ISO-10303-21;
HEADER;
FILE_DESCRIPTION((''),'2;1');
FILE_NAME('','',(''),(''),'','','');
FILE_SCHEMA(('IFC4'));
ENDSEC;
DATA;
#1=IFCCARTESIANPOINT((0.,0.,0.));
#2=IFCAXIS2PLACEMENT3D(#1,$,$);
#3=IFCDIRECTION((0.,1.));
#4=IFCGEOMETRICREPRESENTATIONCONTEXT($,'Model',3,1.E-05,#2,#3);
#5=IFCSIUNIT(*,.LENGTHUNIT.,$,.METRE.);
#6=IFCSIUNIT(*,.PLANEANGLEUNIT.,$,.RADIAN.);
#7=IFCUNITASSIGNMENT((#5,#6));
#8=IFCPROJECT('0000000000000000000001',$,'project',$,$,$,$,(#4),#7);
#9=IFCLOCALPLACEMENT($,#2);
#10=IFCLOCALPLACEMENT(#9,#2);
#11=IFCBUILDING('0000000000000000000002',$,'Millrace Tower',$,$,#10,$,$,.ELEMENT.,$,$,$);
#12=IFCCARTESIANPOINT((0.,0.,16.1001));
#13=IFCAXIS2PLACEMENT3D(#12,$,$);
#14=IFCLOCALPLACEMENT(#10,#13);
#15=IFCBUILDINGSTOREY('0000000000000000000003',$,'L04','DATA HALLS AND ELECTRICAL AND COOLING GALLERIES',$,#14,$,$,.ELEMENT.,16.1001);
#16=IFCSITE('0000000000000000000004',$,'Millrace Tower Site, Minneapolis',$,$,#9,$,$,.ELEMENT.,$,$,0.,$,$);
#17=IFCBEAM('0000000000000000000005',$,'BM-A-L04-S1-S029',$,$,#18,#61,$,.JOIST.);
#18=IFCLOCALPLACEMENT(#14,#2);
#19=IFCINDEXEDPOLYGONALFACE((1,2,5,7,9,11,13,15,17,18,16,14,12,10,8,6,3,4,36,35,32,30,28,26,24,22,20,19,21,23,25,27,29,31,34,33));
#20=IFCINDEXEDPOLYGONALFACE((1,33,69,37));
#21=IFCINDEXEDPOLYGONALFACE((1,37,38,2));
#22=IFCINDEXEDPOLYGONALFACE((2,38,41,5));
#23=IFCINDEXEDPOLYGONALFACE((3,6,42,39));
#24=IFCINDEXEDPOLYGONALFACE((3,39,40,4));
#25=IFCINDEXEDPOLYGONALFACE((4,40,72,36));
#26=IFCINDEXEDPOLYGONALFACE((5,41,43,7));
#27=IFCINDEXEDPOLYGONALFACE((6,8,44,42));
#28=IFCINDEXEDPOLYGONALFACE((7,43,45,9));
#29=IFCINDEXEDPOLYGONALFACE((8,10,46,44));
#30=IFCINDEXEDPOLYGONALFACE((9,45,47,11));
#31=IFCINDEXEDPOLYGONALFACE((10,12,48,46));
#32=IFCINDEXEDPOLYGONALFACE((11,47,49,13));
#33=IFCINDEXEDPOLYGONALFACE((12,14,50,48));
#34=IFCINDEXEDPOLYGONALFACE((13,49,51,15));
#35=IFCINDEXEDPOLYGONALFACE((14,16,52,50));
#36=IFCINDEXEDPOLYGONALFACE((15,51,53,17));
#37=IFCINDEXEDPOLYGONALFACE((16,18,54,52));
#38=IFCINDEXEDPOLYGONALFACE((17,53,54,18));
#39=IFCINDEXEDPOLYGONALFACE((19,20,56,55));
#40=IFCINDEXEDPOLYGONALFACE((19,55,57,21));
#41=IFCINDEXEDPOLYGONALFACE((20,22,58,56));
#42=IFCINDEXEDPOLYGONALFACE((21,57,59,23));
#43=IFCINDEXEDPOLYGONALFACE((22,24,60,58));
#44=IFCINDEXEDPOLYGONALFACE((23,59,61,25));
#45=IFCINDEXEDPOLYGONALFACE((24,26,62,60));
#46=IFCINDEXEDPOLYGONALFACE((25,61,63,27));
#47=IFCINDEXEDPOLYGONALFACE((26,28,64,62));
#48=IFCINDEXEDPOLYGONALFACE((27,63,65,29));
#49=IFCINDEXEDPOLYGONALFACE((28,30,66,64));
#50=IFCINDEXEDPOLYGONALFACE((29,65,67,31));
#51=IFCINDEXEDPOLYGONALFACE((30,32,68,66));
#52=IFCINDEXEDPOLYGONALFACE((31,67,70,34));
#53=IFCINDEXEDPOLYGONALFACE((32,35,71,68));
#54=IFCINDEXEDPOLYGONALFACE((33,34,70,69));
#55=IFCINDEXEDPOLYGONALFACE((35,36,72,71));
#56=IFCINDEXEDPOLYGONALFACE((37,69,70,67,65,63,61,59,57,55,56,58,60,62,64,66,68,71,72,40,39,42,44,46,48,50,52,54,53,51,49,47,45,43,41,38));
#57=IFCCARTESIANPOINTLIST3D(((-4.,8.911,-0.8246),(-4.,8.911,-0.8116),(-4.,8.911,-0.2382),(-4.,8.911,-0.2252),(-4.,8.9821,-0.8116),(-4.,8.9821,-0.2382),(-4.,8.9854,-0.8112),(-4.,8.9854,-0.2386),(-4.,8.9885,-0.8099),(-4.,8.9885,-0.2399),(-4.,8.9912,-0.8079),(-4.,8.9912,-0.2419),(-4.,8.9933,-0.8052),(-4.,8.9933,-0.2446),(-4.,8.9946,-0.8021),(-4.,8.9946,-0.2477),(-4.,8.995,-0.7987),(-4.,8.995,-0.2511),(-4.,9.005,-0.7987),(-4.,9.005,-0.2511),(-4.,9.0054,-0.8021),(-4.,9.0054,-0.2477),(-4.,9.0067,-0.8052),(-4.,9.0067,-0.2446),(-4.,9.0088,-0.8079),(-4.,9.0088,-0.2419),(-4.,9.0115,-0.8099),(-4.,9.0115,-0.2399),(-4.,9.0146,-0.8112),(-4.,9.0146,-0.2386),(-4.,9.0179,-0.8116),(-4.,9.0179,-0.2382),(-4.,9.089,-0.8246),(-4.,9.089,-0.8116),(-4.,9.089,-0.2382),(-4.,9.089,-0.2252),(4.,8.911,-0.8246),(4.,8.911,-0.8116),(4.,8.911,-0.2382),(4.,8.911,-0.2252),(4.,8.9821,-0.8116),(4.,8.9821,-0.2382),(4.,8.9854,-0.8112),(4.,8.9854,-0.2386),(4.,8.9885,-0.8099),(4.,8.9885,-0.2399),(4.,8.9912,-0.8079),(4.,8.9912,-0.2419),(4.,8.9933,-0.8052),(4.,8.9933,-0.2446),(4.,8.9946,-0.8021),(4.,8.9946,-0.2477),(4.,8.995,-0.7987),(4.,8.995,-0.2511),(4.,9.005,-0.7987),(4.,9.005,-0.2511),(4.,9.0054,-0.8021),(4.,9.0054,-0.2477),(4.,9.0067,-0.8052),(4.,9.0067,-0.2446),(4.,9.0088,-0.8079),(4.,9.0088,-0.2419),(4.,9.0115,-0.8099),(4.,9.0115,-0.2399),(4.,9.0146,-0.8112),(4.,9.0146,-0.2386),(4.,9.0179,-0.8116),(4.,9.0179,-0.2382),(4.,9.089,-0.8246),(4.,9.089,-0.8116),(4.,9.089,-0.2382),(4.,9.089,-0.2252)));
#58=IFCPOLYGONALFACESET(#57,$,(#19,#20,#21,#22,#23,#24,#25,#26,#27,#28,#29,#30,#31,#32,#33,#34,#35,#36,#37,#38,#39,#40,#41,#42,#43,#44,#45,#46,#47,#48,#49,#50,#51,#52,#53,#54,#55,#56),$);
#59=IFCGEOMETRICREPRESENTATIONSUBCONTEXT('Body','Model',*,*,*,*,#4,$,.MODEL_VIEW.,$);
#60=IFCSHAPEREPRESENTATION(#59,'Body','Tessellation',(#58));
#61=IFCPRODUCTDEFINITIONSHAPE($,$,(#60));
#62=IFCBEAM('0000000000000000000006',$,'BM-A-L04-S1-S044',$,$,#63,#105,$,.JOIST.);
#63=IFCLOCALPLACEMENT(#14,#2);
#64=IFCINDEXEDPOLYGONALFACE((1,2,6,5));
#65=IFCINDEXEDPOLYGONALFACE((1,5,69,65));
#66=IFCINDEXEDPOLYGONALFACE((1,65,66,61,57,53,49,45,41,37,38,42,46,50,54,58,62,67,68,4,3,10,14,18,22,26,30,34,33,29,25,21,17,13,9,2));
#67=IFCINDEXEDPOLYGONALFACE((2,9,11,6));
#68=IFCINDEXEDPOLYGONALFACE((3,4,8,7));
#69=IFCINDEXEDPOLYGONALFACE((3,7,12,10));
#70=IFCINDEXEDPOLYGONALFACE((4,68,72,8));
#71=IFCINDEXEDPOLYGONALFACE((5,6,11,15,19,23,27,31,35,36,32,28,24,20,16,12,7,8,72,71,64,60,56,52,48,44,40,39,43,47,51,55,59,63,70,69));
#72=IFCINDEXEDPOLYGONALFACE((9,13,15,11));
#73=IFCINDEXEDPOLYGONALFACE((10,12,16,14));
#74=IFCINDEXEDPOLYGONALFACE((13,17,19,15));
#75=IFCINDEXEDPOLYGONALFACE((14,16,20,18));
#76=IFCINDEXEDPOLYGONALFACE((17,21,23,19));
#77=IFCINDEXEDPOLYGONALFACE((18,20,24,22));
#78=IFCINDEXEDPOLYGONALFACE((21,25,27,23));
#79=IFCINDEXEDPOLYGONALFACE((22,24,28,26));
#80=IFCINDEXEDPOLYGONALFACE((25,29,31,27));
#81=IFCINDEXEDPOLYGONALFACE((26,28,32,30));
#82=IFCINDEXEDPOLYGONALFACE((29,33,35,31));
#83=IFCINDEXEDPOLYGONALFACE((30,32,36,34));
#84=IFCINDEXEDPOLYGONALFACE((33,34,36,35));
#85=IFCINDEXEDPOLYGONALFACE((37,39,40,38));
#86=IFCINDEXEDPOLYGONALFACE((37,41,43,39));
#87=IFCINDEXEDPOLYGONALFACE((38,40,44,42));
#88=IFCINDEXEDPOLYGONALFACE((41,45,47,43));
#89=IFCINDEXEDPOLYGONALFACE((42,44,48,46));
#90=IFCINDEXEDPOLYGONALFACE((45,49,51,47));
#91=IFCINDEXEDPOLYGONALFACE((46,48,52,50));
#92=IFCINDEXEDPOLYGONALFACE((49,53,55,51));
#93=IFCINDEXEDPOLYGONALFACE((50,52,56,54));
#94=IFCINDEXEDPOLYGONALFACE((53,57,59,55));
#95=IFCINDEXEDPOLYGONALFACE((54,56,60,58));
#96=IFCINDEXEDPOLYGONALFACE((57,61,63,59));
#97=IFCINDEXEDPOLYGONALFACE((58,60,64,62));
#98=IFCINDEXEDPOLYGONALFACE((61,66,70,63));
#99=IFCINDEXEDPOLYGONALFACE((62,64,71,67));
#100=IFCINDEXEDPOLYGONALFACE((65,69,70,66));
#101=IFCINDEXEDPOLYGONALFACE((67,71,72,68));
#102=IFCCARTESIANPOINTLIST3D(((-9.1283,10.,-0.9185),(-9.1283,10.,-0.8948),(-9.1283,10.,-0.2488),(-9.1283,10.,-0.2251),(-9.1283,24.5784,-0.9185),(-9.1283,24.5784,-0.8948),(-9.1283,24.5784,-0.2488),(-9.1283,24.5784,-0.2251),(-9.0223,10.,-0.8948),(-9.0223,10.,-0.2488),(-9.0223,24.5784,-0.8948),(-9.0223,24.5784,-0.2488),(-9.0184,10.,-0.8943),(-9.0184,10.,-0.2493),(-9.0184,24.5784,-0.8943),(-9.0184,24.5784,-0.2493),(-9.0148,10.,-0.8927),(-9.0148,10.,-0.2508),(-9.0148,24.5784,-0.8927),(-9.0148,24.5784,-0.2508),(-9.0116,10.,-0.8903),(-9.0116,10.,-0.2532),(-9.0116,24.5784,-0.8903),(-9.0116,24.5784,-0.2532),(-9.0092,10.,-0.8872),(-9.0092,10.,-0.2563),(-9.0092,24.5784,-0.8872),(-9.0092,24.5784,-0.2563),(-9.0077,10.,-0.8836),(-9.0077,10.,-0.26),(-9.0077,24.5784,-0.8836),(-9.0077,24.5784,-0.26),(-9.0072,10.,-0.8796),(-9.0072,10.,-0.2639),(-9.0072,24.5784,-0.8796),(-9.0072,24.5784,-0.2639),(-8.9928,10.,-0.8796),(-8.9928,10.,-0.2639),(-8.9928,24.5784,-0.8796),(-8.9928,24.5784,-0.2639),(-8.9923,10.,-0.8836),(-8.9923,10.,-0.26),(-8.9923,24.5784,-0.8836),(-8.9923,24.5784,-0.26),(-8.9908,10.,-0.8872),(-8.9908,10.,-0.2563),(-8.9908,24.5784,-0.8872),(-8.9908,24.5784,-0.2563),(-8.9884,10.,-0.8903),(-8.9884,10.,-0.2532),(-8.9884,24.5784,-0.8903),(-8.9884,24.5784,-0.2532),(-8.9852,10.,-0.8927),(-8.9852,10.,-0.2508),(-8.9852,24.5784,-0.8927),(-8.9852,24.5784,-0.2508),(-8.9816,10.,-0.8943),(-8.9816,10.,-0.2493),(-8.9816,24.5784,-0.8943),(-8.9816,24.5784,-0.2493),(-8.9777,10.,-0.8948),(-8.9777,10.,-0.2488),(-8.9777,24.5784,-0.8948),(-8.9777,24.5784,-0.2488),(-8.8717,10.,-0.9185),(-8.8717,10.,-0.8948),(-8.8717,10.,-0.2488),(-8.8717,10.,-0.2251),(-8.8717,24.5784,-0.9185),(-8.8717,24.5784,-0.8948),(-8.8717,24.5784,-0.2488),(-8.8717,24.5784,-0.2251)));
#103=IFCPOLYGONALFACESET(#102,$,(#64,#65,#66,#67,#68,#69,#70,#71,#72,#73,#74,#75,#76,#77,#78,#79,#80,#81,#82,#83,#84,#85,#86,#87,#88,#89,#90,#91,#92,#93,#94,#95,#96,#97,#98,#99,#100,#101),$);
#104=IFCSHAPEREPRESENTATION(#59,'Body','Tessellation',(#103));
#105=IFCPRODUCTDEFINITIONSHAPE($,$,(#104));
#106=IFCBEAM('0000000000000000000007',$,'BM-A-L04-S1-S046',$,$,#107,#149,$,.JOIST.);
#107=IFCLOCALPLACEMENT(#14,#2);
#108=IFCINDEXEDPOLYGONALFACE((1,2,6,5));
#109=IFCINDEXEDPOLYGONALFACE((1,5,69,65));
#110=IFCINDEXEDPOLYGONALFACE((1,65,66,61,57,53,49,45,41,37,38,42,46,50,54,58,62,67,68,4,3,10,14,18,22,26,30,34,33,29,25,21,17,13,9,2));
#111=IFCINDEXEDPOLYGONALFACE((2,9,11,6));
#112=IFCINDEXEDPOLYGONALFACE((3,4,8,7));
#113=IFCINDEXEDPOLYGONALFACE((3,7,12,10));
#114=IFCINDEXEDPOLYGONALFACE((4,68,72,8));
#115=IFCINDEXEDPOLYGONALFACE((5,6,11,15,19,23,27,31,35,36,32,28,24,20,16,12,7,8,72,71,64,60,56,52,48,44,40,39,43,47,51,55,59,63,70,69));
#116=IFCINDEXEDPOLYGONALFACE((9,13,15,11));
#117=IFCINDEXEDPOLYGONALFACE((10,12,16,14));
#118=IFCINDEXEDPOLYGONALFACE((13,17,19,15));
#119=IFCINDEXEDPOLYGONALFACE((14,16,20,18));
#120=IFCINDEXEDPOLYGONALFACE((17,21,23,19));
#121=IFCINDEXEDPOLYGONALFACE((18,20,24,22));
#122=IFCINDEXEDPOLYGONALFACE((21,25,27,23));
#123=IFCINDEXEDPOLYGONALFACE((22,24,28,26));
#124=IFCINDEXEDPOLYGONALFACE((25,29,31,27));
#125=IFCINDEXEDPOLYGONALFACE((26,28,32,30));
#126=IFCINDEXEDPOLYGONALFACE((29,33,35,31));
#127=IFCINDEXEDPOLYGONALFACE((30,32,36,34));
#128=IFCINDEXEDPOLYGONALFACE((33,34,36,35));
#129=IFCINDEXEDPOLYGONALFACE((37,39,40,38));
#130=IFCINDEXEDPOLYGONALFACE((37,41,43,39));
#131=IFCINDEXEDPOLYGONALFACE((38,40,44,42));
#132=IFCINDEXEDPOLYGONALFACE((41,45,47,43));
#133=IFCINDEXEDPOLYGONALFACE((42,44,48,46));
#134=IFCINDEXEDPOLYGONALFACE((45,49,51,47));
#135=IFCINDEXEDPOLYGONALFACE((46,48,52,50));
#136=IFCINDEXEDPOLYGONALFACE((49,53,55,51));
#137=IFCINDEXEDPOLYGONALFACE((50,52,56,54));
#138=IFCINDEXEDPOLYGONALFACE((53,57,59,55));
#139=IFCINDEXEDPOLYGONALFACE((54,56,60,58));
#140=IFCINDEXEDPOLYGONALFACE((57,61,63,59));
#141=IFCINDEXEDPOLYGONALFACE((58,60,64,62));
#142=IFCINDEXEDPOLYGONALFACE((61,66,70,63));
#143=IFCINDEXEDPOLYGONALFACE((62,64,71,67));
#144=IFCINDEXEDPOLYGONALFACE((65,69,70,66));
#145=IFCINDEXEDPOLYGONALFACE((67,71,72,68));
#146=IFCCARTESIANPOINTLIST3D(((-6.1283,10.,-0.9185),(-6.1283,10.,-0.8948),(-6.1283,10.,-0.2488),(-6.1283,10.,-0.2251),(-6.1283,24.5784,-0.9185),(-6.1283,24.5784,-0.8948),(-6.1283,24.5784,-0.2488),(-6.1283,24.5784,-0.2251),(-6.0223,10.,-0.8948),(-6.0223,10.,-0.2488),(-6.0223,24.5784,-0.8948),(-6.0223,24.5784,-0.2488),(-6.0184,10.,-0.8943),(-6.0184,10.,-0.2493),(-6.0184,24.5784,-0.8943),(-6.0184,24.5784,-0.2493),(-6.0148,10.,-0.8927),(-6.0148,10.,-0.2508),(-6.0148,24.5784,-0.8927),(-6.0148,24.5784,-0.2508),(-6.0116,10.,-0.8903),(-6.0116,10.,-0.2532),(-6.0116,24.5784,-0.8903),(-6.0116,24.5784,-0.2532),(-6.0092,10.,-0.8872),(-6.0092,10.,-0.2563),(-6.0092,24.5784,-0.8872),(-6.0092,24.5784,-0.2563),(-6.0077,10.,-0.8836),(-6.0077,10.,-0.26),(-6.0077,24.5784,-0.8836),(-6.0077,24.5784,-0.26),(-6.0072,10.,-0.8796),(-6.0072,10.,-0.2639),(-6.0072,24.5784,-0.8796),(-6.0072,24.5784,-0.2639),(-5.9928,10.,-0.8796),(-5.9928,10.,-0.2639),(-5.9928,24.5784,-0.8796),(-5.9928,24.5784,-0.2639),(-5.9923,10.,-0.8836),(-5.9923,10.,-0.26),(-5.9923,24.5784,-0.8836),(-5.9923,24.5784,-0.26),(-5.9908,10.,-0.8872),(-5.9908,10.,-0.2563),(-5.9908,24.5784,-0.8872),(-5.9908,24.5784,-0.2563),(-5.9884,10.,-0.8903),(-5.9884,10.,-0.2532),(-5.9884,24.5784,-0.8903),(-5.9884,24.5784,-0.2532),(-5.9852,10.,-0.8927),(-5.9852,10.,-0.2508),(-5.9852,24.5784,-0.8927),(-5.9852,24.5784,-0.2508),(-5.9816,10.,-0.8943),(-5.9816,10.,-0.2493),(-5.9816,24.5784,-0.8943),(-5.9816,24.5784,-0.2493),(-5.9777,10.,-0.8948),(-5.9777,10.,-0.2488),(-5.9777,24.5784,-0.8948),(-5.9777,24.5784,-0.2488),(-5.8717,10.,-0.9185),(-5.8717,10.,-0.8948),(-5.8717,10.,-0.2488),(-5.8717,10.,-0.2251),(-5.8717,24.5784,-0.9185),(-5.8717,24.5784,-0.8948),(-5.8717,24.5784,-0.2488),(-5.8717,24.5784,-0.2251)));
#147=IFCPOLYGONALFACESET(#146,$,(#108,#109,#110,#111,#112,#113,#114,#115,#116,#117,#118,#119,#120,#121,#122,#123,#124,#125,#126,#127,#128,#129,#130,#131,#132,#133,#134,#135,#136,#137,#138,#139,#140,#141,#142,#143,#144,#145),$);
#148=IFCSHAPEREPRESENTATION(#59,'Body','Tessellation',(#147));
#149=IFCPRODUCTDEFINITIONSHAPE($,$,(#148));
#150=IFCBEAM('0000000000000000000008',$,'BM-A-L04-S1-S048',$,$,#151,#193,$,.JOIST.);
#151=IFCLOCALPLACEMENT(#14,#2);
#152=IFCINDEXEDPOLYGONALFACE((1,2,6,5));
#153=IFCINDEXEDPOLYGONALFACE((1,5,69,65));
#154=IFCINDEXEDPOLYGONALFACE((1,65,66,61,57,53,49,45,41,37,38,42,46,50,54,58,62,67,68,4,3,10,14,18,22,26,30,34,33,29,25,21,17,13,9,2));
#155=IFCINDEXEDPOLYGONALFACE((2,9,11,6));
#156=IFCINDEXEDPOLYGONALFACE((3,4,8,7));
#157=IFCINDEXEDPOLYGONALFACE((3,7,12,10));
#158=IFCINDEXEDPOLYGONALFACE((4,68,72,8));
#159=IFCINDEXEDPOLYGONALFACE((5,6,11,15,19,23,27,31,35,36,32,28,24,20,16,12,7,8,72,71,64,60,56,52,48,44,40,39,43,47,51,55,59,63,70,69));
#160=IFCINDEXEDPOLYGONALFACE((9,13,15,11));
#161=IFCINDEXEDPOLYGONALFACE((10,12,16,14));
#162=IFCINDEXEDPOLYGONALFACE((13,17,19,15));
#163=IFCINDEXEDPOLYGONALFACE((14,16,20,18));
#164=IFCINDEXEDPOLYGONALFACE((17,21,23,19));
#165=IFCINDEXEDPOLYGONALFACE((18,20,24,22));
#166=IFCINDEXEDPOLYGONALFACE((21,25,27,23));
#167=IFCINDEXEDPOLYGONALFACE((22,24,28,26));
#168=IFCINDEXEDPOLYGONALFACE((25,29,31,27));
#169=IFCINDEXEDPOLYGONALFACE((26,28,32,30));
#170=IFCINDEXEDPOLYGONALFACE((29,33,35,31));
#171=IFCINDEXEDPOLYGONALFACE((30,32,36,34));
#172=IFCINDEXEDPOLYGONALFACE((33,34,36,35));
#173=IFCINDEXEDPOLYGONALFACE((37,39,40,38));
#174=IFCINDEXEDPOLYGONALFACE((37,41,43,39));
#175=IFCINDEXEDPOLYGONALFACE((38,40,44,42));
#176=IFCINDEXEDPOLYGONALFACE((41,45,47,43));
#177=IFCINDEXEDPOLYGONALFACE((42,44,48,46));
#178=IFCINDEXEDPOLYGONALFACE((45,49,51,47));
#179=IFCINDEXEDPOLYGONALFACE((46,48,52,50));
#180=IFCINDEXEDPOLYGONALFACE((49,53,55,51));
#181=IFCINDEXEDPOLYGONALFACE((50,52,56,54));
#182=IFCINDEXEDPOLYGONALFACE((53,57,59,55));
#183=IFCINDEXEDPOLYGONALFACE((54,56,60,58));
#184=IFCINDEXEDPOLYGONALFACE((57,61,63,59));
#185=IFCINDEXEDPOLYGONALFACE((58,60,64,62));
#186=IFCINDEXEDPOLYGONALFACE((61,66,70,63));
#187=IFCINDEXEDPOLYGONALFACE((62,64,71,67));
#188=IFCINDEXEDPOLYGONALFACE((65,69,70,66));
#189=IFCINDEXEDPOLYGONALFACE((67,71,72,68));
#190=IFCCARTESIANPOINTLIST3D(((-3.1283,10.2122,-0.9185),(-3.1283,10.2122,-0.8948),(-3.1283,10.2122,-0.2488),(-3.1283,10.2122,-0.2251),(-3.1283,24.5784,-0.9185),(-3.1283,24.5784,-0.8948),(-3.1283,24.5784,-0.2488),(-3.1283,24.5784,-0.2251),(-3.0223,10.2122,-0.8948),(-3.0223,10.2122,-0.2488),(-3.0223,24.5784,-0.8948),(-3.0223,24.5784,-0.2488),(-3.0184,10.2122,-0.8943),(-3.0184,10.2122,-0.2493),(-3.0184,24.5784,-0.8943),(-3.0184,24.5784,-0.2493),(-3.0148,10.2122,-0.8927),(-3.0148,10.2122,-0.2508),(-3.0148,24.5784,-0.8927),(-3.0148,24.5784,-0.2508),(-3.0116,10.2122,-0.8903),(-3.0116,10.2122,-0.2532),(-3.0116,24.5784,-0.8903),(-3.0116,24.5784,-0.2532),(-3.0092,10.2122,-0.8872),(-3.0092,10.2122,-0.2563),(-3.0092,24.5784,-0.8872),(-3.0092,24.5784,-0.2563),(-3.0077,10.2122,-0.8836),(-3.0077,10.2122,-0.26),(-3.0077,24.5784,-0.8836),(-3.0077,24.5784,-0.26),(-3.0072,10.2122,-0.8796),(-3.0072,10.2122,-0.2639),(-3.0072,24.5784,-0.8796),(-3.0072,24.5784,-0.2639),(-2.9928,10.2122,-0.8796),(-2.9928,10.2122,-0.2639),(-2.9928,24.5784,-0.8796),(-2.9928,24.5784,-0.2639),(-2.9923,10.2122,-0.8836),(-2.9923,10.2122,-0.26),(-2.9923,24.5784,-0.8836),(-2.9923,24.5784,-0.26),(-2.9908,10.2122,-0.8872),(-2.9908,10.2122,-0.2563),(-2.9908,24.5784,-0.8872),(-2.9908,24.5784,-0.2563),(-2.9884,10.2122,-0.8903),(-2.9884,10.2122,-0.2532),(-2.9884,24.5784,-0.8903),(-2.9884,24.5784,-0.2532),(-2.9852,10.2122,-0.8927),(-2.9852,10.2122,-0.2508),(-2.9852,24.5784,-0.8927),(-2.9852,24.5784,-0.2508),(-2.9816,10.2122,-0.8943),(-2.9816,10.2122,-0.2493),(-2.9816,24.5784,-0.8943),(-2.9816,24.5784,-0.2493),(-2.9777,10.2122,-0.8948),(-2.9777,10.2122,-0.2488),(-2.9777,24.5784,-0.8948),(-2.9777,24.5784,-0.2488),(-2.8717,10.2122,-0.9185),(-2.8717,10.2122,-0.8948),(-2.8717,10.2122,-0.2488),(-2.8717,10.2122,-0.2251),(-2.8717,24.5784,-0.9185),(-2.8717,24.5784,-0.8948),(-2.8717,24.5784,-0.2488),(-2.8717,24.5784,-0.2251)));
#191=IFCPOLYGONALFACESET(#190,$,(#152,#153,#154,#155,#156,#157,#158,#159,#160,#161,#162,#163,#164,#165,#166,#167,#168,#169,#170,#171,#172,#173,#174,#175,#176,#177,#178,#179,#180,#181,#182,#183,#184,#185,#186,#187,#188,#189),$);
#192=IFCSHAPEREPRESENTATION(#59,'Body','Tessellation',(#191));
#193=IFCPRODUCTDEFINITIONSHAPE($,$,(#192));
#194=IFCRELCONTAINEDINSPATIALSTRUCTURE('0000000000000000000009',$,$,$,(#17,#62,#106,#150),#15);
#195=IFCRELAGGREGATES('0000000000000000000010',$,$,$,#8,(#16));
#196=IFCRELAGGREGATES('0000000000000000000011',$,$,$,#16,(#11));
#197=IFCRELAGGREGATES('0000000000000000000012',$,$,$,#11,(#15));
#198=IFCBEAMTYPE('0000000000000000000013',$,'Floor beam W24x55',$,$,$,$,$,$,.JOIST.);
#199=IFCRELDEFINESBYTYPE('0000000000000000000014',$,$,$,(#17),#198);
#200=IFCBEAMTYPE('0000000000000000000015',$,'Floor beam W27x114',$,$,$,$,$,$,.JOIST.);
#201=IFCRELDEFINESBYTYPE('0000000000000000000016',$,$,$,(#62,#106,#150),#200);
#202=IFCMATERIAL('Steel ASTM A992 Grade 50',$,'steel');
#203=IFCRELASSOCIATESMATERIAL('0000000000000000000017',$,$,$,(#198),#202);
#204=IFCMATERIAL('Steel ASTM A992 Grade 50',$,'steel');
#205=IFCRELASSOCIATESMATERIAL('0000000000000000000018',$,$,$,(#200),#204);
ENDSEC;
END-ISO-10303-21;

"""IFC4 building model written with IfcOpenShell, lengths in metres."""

from ifc_helpers import new_model, si_unit, direction, frame, origin, origin_2d, place, context, subcontext, project, spatial, i_section, extrude, material, material_profile, profile_set, type_object, element, save


model = new_model("IFC4")

# Units and contexts
model_context = context("Model", 3, precision=1e-05, world=origin(), true_north=direction((0.0, 1.0)))
body_context = subcontext(model_context, "Body", "Model", "MODEL_VIEW")
ifc_project = project(units=[si_unit("LENGTHUNIT", "METRE"), si_unit("PLANEANGLEUNIT", "RADIAN")], contexts=[model_context])

# Site, building, storey
site_placement = place(None, origin())
site = spatial("IfcSite", under=ifc_project, at=site_placement, Name="Millrace Tower Site, Minneapolis", CompositionType="ELEMENT", RefElevation=0.0)
building_placement = place(site_placement, origin())
building = spatial("IfcBuilding", under=site, at=building_placement, Name="Millrace Tower", CompositionType="ELEMENT")
storey_placement = place(building_placement, frame((0.0, 0.0, 16.1001)))
storey = spatial("IfcBuildingStorey", under=building, at=storey_placement, Name="L04", Description="DATA HALLS AND ELECTRICAL AND COOLING GALLERIES", CompositionType="ELEMENT", Elevation=16.1001)

# Beams
ifc_material_1 = material(Name="Steel ASTM A992 Grade 50", Category="steel")
ifc_material_profile_1 = material_profile(ifc_material_1, i_section(OverallWidth=0.178, OverallDepth=0.5994, WebThickness=0.01, FlangeThickness=0.0129, FilletRadius=0.0129, at=origin_2d()))
ifc_profile_set_1 = profile_set([ifc_material_profile_1], Name="Steel ASTM A992 Grade 50")
beam_type_1 = type_object("IfcBeamType", Name="Floor beam W24x55", PredefinedType="JOIST", material=ifc_profile_set_1)
for number, where, z_axis, x_axis, name in (
    (1, (-4.0, 9.0, -0.5249), (1.0, 0.0, 0.0), (0.0, 1.0, 0.0), "BM-A-L04-S1-S029"),
):
    element("IfcBeam", number, at=place(storey_placement, frame(where, z_axis=z_axis, x_axis=x_axis)), inside=storey, type_object=beam_type_1, Name=name, PredefinedType="JOIST", context=body_context, shape_type="SweptSolid", body=[
        extrude(i_section(OverallWidth=0.178, OverallDepth=0.5994, WebThickness=0.01, FlangeThickness=0.0129, FilletRadius=0.0129, at=origin_2d()), origin(), (0.0, 0.0, 1.0), 8.0),
    ])
ifc_material_2 = material(Name="Steel ASTM A992 Grade 50", Category="steel")
ifc_material_profile_2 = material_profile(ifc_material_2, i_section(OverallWidth=0.2566, OverallDepth=0.6934, WebThickness=0.0144, FlangeThickness=0.0237, FilletRadius=0.0151, at=origin_2d()))
ifc_profile_set_2 = profile_set([ifc_material_profile_2], Name="Steel ASTM A992 Grade 50")
beam_type_2 = type_object("IfcBeamType", Name="Floor beam W27x114", PredefinedType="JOIST", material=ifc_profile_set_2)
for number, where, z_axis, x_axis, name in (
    (2, (-9.0, 10.0, -0.5718), (0.0, 1.0, 0.0), (-1.0, 0.0, 0.0), "BM-A-L04-S1-S044"),
    (3, (-6.0, 10.0, -0.5718), (0.0, 1.0, 0.0), (-1.0, 0.0, 0.0), "BM-A-L04-S1-S046"),
):
    element("IfcBeam", number, at=place(storey_placement, frame(where, z_axis=z_axis, x_axis=x_axis)), inside=storey, type_object=beam_type_2, Name=name, PredefinedType="JOIST", context=body_context, shape_type="SweptSolid", body=[
        extrude(i_section(OverallWidth=0.2566, OverallDepth=0.6934, WebThickness=0.0144, FlangeThickness=0.0237, FilletRadius=0.0151, at=origin_2d()), origin(), (0.0, 0.0, 1.0), 14.5784),
    ])
beam_1_placement = place(storey_placement, frame((-3.0, 10.2122, -0.5718), z_axis=(0.0, 1.0, 0.0), x_axis=(-1.0, 0.0, 0.0)))
element("IfcBeam", 4, at=beam_1_placement, inside=storey, type_object=beam_type_2, Name="BM-A-L04-S1-S048", PredefinedType="JOIST", context=body_context, shape_type="SweptSolid", body=[
    extrude(i_section(OverallWidth=0.2566, OverallDepth=0.6934, WebThickness=0.0144, FlangeThickness=0.0237, FilletRadius=0.0151, at=origin_2d()), origin(), (0.0, 0.0, 1.0), 14.3662),
])

save(model, "model.ifc")
